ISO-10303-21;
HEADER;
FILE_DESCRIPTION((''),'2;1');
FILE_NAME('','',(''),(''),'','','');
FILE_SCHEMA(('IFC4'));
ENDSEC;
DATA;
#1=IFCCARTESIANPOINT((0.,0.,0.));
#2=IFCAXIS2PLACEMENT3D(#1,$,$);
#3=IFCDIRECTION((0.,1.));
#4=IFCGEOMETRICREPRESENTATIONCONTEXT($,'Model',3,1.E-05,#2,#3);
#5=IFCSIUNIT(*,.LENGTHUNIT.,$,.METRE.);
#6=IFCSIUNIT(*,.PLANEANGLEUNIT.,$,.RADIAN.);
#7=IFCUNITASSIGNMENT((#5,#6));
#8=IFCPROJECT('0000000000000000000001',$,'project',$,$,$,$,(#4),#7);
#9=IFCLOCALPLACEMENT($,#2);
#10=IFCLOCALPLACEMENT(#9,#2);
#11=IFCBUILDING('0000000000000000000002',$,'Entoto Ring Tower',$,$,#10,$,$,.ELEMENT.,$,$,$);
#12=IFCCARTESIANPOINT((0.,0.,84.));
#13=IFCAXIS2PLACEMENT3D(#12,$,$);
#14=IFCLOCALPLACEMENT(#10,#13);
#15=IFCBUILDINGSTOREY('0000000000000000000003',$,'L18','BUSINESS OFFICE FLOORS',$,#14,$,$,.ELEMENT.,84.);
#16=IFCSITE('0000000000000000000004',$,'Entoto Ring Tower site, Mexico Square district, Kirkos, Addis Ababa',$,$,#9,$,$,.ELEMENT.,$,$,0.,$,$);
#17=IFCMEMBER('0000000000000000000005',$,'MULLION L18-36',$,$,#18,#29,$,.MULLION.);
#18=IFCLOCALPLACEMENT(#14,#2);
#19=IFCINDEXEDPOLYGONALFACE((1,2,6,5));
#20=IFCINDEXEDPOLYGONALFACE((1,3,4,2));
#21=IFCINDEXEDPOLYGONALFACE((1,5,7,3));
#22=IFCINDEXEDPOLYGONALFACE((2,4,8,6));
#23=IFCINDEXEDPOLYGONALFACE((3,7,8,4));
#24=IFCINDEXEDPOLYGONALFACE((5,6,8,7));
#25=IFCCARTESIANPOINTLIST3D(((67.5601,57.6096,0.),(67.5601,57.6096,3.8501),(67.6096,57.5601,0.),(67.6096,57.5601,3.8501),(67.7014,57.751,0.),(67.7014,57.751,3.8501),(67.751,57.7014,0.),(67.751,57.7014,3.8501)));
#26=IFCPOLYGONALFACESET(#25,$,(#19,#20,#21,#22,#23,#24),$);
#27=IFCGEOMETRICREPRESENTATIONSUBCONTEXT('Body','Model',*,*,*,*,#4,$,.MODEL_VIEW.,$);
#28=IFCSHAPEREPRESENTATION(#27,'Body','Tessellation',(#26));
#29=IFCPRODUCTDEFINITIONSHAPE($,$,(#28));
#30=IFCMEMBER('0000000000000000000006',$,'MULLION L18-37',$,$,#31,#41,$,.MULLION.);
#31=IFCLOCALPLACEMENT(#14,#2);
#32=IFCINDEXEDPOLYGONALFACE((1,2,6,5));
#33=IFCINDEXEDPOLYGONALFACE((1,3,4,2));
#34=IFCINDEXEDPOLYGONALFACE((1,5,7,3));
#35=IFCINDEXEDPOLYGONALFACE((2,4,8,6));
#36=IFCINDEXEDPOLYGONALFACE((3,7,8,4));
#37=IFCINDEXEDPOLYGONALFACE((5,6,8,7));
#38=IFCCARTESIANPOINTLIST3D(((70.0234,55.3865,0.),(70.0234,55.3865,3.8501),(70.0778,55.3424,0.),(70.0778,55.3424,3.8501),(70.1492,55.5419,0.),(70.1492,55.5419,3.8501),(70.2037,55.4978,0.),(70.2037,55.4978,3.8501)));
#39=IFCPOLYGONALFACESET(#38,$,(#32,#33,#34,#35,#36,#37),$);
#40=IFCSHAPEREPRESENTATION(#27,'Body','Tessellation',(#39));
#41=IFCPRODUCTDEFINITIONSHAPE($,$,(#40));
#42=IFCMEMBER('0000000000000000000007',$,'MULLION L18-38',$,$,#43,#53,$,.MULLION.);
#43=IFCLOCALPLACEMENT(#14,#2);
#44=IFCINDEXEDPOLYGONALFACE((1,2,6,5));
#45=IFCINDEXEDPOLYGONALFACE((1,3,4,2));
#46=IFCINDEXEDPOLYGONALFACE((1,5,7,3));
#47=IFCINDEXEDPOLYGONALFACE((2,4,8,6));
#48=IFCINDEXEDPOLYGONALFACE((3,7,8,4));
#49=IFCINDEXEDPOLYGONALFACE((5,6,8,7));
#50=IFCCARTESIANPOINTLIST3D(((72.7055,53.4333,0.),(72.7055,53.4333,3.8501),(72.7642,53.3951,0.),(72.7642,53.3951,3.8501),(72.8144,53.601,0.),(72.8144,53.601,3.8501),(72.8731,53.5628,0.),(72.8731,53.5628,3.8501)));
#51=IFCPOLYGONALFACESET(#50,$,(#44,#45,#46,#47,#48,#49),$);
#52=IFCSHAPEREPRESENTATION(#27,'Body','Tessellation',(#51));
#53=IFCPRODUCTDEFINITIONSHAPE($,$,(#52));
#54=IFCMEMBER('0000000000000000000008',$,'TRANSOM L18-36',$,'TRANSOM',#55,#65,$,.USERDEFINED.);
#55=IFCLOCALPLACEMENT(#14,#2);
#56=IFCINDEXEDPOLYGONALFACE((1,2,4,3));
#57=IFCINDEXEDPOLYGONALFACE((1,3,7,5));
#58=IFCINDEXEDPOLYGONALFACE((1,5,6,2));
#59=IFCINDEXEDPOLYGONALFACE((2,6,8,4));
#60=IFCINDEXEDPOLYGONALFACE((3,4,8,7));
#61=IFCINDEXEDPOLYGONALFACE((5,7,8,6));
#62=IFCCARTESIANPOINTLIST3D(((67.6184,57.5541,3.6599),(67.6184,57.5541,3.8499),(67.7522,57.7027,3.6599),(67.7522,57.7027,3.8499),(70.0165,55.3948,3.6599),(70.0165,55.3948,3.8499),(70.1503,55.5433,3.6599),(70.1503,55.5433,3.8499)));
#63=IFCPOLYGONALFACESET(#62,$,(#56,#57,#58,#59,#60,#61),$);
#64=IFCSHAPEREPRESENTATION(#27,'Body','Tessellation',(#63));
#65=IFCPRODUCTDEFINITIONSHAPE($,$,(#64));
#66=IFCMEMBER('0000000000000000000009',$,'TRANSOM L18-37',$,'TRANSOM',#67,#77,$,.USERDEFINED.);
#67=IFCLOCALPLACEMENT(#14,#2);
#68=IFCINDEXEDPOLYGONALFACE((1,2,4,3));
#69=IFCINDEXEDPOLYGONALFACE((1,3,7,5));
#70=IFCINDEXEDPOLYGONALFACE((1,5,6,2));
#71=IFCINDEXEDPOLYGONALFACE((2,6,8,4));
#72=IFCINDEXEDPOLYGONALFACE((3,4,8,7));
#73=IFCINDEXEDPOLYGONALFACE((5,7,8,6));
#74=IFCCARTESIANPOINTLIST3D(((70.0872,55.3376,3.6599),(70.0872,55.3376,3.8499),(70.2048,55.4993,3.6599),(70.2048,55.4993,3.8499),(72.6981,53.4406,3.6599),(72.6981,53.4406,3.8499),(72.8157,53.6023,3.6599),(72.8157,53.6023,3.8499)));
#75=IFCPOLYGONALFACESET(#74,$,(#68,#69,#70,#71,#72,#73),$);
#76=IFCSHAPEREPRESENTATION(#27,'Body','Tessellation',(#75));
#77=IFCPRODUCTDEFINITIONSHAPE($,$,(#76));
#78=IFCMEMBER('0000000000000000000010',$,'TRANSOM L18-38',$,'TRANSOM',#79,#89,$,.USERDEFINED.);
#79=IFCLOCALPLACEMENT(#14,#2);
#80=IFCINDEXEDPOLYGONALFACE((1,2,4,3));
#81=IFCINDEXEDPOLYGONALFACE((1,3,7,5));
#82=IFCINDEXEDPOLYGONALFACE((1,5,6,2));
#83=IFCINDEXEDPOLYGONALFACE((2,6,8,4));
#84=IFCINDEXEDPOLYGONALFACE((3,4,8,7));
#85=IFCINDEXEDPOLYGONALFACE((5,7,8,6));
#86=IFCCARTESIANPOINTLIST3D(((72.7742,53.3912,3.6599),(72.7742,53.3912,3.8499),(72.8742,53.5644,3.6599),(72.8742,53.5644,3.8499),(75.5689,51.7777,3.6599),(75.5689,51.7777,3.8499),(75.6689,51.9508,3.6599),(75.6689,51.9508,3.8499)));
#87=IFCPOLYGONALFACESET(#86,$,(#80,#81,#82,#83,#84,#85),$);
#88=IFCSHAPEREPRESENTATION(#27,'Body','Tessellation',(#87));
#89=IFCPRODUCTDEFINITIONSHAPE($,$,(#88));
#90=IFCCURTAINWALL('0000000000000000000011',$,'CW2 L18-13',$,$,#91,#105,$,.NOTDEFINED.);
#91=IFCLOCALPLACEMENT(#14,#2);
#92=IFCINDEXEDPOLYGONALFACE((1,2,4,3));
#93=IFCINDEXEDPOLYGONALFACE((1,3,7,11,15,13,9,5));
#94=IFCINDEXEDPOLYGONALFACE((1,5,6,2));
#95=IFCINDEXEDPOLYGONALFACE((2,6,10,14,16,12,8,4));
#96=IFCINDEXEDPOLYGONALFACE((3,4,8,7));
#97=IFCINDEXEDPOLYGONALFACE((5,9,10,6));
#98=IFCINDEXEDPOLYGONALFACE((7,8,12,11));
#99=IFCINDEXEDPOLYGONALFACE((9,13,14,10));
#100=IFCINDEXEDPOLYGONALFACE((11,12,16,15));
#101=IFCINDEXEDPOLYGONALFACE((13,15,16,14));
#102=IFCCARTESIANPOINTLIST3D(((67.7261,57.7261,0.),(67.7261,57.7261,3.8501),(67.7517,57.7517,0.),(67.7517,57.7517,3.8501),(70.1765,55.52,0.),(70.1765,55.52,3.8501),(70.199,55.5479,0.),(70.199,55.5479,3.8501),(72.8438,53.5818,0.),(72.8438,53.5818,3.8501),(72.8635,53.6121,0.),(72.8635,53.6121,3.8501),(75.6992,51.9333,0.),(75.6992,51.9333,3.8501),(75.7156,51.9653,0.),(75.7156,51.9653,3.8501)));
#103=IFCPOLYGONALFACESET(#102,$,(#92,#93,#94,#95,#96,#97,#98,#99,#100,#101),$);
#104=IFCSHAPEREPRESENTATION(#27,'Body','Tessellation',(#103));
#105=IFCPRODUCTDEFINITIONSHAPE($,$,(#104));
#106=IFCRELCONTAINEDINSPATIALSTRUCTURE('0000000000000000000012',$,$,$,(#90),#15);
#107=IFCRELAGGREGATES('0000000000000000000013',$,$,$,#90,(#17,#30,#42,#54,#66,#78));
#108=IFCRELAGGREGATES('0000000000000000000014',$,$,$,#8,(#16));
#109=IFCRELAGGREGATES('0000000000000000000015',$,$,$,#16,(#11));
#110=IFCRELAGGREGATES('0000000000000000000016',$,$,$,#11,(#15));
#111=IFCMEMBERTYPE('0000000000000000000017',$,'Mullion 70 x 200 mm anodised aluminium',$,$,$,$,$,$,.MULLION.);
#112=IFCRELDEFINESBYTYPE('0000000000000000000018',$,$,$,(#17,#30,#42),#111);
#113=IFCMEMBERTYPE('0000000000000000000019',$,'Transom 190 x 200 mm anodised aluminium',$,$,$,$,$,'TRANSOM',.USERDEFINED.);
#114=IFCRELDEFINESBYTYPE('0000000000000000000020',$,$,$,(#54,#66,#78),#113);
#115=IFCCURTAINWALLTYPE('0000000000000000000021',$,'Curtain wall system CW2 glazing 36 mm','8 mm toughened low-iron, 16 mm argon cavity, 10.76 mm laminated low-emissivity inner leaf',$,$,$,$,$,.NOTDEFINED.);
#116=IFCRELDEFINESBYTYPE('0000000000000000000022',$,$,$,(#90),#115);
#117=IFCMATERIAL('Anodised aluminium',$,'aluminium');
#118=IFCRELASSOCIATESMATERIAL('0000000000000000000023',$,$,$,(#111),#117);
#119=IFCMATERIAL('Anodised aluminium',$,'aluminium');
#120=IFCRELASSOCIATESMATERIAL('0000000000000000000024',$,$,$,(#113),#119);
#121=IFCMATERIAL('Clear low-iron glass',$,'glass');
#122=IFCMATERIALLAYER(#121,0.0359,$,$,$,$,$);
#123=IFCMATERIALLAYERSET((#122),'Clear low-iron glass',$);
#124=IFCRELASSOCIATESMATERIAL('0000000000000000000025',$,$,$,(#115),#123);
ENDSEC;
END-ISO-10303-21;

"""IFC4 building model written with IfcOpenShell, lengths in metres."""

from ifc_helpers import new_model, si_unit, direction, frame, origin, origin_2d, place, context, subcontext, project, spatial, polyline, rectangle, outline, extrude, material, layer, layer_set, material_profile, profile_set, type_object, element, aggregate, save


model = new_model("IFC4")

# Units and contexts
model_context = context("Model", 3, precision=1e-05, world=origin(), true_north=direction((0.0, 1.0)))
body_context = subcontext(model_context, "Body", "Model", "MODEL_VIEW")
ifc_project = project(units=[si_unit("LENGTHUNIT", "METRE"), si_unit("PLANEANGLEUNIT", "RADIAN")], contexts=[model_context])

# Members
ifc_material_1 = material(Name="Anodised aluminium", Category="aluminium")
ifc_material_profile_1 = material_profile(ifc_material_1, rectangle(XDim=0.0701, YDim=0.2, at=origin_2d()), Name="Mullion 70 x 200 mm anodised aluminium")
ifc_profile_set_1 = profile_set([ifc_material_profile_1], Name="Anodised aluminium")
member_type_1 = type_object("IfcMemberType", Name="Mullion 70 x 200 mm anodised aluminium", PredefinedType="MULLION", material=ifc_profile_set_1)
site_placement = place(None, origin())
building_placement = place(site_placement, origin())
storey_placement = place(building_placement, frame((0.0, 0.0, 84.0)))
member_1_placement = place(storey_placement, frame((67.6555, 57.6555, 0.0), z_axis=(0.0, 0.0, 1.0), x_axis=(0.707107, -0.707107, 0.0)))
member_1 = element("IfcMember", 1, at=member_1_placement, type_object=member_type_1, Name="MULLION L18-36", PredefinedType="MULLION", context=body_context, shape_type="SweptSolid", body=[
    extrude(rectangle(XDim=0.0701, YDim=0.2, at=origin_2d()), origin(), (0.0, 0.0, 1.0), 3.8501),
])
member_2_placement = place(storey_placement, frame((70.1135, 55.4421, 0.0), z_axis=(0.0, 0.0, 1.0), x_axis=(0.777146, -0.62932, 0.0)))
member_2 = element("IfcMember", 2, at=member_2_placement, type_object=member_type_1, Name="MULLION L18-37", PredefinedType="MULLION", context=body_context, shape_type="SweptSolid", body=[
    extrude(rectangle(XDim=0.0701, YDim=0.2, at=origin_2d()), origin(), (0.0, 0.0, 1.0), 3.8501),
])
member_3_placement = place(storey_placement, frame((72.7893, 53.498, 0.0), z_axis=(0.0, 0.0, 1.0), x_axis=(0.838671, -0.544639, 0.0)))
member_3 = element("IfcMember", 3, at=member_3_placement, type_object=member_type_1, Name="MULLION L18-38", PredefinedType="MULLION", context=body_context, shape_type="SweptSolid", body=[
    extrude(rectangle(XDim=0.0701, YDim=0.2, at=origin_2d()), origin(), (0.0, 0.0, 1.0), 3.8501),
])
ifc_material_2 = material(Name="Anodised aluminium", Category="aluminium")
ifc_material_profile_2 = material_profile(ifc_material_2, rectangle(XDim=0.2, YDim=0.1899, at=origin_2d()), Name="Transom 190 x 200 mm anodised aluminium")
ifc_profile_set_2 = profile_set([ifc_material_profile_2], Name="Anodised aluminium")
member_type_2 = type_object("IfcMemberType", Name="Transom 190 x 200 mm anodised aluminium", ElementType="TRANSOM", PredefinedType="USERDEFINED", material=ifc_profile_set_2)
member_4_placement = place(storey_placement, frame((67.6853, 57.6284, 3.7549), z_axis=(0.743132, -0.669144, 0.0), x_axis=(0.669144, 0.743132, 0.0)))
member_4 = element("IfcMember", 4, at=member_4_placement, type_object=member_type_2, Name="TRANSOM L18-36", ObjectType="TRANSOM", PredefinedType="USERDEFINED", context=body_context, shape_type="SweptSolid", body=[
    extrude(rectangle(XDim=0.2, YDim=0.1899, at=origin_2d()), origin(), (0.0, 0.0, 1.0), 3.2271),
])
member_5_placement = place(storey_placement, frame((70.146, 55.4185, 3.7549), z_axis=(0.809004, -0.587803, 0.0), x_axis=(0.587803, 0.809004, 0.0)))
member_5 = element("IfcMember", 5, at=member_5_placement, type_object=member_type_2, Name="TRANSOM L18-37", ObjectType="TRANSOM", PredefinedType="USERDEFINED", context=body_context, shape_type="SweptSolid", body=[
    extrude(rectangle(XDim=0.2, YDim=0.1899, at=origin_2d()), origin(), (0.0, 0.0, 1.0), 3.2273),
])
member_6_placement = place(storey_placement, frame((72.8242, 53.4778, 3.7549), z_axis=(0.866023, -0.500004, 0.0), x_axis=(0.500004, 0.866023, 0.0)))
member_6 = element("IfcMember", 6, at=member_6_placement, type_object=member_type_2, Name="TRANSOM L18-38", ObjectType="TRANSOM", PredefinedType="USERDEFINED", context=body_context, shape_type="SweptSolid", body=[
    extrude(rectangle(XDim=0.2, YDim=0.1899, at=origin_2d()), origin(), (0.0, 0.0, 1.0), 3.2271),
])

# Site, building, storey
site = spatial("IfcSite", under=ifc_project, at=site_placement, Name="Entoto Ring Tower site, Mexico Square district, Kirkos, Addis Ababa", CompositionType="ELEMENT", RefElevation=0.0)
building = spatial("IfcBuilding", under=site, at=building_placement, Name="Entoto Ring Tower", CompositionType="ELEMENT")
storey = spatial("IfcBuildingStorey", under=building, at=storey_placement, Name="L18", Description="BUSINESS OFFICE FLOORS", CompositionType="ELEMENT", Elevation=84.0)

# Curtain wall
ifc_material_3 = material(Name="Clear low-iron glass", Category="glass")
ifc_layer = layer(ifc_material_3, 0.0359)
ifc_layer_set = layer_set([ifc_layer], Name="Clear low-iron glass")
curtain_wall_type = type_object("IfcCurtainWallType", Name="Curtain wall system CW2 glazing 36 mm", Description="8 mm toughened low-iron, 16 mm argon cavity, 10.76 mm laminated low-emissivity inner leaf", PredefinedType="NOTDEFINED", material=ifc_layer_set)
curtain_wall_1_placement = place(storey_placement, origin())
curtain_wall_1 = element("IfcCurtainWall", 7, at=curtain_wall_1_placement, inside=storey, type_object=curtain_wall_type, Name="CW2 L18-13", PredefinedType="NOTDEFINED", context=body_context, shape_type="SweptSolid", body=[
    extrude(outline(polyline([(67.7261, 57.7261), (70.1765, 55.52), (72.8438, 53.5818), (75.6992, 51.9333), (75.7156, 51.9653), (72.8635, 53.6121), (70.199, 55.5479), (67.7517, 57.7517), (67.7261, 57.7261)])), origin(), (0.0, 0.0, 1.0), 3.8501),
])
aggregate(curtain_wall_1, [member_1, member_2, member_3, member_4, member_5, member_6])

save(model, "model.ifc")
